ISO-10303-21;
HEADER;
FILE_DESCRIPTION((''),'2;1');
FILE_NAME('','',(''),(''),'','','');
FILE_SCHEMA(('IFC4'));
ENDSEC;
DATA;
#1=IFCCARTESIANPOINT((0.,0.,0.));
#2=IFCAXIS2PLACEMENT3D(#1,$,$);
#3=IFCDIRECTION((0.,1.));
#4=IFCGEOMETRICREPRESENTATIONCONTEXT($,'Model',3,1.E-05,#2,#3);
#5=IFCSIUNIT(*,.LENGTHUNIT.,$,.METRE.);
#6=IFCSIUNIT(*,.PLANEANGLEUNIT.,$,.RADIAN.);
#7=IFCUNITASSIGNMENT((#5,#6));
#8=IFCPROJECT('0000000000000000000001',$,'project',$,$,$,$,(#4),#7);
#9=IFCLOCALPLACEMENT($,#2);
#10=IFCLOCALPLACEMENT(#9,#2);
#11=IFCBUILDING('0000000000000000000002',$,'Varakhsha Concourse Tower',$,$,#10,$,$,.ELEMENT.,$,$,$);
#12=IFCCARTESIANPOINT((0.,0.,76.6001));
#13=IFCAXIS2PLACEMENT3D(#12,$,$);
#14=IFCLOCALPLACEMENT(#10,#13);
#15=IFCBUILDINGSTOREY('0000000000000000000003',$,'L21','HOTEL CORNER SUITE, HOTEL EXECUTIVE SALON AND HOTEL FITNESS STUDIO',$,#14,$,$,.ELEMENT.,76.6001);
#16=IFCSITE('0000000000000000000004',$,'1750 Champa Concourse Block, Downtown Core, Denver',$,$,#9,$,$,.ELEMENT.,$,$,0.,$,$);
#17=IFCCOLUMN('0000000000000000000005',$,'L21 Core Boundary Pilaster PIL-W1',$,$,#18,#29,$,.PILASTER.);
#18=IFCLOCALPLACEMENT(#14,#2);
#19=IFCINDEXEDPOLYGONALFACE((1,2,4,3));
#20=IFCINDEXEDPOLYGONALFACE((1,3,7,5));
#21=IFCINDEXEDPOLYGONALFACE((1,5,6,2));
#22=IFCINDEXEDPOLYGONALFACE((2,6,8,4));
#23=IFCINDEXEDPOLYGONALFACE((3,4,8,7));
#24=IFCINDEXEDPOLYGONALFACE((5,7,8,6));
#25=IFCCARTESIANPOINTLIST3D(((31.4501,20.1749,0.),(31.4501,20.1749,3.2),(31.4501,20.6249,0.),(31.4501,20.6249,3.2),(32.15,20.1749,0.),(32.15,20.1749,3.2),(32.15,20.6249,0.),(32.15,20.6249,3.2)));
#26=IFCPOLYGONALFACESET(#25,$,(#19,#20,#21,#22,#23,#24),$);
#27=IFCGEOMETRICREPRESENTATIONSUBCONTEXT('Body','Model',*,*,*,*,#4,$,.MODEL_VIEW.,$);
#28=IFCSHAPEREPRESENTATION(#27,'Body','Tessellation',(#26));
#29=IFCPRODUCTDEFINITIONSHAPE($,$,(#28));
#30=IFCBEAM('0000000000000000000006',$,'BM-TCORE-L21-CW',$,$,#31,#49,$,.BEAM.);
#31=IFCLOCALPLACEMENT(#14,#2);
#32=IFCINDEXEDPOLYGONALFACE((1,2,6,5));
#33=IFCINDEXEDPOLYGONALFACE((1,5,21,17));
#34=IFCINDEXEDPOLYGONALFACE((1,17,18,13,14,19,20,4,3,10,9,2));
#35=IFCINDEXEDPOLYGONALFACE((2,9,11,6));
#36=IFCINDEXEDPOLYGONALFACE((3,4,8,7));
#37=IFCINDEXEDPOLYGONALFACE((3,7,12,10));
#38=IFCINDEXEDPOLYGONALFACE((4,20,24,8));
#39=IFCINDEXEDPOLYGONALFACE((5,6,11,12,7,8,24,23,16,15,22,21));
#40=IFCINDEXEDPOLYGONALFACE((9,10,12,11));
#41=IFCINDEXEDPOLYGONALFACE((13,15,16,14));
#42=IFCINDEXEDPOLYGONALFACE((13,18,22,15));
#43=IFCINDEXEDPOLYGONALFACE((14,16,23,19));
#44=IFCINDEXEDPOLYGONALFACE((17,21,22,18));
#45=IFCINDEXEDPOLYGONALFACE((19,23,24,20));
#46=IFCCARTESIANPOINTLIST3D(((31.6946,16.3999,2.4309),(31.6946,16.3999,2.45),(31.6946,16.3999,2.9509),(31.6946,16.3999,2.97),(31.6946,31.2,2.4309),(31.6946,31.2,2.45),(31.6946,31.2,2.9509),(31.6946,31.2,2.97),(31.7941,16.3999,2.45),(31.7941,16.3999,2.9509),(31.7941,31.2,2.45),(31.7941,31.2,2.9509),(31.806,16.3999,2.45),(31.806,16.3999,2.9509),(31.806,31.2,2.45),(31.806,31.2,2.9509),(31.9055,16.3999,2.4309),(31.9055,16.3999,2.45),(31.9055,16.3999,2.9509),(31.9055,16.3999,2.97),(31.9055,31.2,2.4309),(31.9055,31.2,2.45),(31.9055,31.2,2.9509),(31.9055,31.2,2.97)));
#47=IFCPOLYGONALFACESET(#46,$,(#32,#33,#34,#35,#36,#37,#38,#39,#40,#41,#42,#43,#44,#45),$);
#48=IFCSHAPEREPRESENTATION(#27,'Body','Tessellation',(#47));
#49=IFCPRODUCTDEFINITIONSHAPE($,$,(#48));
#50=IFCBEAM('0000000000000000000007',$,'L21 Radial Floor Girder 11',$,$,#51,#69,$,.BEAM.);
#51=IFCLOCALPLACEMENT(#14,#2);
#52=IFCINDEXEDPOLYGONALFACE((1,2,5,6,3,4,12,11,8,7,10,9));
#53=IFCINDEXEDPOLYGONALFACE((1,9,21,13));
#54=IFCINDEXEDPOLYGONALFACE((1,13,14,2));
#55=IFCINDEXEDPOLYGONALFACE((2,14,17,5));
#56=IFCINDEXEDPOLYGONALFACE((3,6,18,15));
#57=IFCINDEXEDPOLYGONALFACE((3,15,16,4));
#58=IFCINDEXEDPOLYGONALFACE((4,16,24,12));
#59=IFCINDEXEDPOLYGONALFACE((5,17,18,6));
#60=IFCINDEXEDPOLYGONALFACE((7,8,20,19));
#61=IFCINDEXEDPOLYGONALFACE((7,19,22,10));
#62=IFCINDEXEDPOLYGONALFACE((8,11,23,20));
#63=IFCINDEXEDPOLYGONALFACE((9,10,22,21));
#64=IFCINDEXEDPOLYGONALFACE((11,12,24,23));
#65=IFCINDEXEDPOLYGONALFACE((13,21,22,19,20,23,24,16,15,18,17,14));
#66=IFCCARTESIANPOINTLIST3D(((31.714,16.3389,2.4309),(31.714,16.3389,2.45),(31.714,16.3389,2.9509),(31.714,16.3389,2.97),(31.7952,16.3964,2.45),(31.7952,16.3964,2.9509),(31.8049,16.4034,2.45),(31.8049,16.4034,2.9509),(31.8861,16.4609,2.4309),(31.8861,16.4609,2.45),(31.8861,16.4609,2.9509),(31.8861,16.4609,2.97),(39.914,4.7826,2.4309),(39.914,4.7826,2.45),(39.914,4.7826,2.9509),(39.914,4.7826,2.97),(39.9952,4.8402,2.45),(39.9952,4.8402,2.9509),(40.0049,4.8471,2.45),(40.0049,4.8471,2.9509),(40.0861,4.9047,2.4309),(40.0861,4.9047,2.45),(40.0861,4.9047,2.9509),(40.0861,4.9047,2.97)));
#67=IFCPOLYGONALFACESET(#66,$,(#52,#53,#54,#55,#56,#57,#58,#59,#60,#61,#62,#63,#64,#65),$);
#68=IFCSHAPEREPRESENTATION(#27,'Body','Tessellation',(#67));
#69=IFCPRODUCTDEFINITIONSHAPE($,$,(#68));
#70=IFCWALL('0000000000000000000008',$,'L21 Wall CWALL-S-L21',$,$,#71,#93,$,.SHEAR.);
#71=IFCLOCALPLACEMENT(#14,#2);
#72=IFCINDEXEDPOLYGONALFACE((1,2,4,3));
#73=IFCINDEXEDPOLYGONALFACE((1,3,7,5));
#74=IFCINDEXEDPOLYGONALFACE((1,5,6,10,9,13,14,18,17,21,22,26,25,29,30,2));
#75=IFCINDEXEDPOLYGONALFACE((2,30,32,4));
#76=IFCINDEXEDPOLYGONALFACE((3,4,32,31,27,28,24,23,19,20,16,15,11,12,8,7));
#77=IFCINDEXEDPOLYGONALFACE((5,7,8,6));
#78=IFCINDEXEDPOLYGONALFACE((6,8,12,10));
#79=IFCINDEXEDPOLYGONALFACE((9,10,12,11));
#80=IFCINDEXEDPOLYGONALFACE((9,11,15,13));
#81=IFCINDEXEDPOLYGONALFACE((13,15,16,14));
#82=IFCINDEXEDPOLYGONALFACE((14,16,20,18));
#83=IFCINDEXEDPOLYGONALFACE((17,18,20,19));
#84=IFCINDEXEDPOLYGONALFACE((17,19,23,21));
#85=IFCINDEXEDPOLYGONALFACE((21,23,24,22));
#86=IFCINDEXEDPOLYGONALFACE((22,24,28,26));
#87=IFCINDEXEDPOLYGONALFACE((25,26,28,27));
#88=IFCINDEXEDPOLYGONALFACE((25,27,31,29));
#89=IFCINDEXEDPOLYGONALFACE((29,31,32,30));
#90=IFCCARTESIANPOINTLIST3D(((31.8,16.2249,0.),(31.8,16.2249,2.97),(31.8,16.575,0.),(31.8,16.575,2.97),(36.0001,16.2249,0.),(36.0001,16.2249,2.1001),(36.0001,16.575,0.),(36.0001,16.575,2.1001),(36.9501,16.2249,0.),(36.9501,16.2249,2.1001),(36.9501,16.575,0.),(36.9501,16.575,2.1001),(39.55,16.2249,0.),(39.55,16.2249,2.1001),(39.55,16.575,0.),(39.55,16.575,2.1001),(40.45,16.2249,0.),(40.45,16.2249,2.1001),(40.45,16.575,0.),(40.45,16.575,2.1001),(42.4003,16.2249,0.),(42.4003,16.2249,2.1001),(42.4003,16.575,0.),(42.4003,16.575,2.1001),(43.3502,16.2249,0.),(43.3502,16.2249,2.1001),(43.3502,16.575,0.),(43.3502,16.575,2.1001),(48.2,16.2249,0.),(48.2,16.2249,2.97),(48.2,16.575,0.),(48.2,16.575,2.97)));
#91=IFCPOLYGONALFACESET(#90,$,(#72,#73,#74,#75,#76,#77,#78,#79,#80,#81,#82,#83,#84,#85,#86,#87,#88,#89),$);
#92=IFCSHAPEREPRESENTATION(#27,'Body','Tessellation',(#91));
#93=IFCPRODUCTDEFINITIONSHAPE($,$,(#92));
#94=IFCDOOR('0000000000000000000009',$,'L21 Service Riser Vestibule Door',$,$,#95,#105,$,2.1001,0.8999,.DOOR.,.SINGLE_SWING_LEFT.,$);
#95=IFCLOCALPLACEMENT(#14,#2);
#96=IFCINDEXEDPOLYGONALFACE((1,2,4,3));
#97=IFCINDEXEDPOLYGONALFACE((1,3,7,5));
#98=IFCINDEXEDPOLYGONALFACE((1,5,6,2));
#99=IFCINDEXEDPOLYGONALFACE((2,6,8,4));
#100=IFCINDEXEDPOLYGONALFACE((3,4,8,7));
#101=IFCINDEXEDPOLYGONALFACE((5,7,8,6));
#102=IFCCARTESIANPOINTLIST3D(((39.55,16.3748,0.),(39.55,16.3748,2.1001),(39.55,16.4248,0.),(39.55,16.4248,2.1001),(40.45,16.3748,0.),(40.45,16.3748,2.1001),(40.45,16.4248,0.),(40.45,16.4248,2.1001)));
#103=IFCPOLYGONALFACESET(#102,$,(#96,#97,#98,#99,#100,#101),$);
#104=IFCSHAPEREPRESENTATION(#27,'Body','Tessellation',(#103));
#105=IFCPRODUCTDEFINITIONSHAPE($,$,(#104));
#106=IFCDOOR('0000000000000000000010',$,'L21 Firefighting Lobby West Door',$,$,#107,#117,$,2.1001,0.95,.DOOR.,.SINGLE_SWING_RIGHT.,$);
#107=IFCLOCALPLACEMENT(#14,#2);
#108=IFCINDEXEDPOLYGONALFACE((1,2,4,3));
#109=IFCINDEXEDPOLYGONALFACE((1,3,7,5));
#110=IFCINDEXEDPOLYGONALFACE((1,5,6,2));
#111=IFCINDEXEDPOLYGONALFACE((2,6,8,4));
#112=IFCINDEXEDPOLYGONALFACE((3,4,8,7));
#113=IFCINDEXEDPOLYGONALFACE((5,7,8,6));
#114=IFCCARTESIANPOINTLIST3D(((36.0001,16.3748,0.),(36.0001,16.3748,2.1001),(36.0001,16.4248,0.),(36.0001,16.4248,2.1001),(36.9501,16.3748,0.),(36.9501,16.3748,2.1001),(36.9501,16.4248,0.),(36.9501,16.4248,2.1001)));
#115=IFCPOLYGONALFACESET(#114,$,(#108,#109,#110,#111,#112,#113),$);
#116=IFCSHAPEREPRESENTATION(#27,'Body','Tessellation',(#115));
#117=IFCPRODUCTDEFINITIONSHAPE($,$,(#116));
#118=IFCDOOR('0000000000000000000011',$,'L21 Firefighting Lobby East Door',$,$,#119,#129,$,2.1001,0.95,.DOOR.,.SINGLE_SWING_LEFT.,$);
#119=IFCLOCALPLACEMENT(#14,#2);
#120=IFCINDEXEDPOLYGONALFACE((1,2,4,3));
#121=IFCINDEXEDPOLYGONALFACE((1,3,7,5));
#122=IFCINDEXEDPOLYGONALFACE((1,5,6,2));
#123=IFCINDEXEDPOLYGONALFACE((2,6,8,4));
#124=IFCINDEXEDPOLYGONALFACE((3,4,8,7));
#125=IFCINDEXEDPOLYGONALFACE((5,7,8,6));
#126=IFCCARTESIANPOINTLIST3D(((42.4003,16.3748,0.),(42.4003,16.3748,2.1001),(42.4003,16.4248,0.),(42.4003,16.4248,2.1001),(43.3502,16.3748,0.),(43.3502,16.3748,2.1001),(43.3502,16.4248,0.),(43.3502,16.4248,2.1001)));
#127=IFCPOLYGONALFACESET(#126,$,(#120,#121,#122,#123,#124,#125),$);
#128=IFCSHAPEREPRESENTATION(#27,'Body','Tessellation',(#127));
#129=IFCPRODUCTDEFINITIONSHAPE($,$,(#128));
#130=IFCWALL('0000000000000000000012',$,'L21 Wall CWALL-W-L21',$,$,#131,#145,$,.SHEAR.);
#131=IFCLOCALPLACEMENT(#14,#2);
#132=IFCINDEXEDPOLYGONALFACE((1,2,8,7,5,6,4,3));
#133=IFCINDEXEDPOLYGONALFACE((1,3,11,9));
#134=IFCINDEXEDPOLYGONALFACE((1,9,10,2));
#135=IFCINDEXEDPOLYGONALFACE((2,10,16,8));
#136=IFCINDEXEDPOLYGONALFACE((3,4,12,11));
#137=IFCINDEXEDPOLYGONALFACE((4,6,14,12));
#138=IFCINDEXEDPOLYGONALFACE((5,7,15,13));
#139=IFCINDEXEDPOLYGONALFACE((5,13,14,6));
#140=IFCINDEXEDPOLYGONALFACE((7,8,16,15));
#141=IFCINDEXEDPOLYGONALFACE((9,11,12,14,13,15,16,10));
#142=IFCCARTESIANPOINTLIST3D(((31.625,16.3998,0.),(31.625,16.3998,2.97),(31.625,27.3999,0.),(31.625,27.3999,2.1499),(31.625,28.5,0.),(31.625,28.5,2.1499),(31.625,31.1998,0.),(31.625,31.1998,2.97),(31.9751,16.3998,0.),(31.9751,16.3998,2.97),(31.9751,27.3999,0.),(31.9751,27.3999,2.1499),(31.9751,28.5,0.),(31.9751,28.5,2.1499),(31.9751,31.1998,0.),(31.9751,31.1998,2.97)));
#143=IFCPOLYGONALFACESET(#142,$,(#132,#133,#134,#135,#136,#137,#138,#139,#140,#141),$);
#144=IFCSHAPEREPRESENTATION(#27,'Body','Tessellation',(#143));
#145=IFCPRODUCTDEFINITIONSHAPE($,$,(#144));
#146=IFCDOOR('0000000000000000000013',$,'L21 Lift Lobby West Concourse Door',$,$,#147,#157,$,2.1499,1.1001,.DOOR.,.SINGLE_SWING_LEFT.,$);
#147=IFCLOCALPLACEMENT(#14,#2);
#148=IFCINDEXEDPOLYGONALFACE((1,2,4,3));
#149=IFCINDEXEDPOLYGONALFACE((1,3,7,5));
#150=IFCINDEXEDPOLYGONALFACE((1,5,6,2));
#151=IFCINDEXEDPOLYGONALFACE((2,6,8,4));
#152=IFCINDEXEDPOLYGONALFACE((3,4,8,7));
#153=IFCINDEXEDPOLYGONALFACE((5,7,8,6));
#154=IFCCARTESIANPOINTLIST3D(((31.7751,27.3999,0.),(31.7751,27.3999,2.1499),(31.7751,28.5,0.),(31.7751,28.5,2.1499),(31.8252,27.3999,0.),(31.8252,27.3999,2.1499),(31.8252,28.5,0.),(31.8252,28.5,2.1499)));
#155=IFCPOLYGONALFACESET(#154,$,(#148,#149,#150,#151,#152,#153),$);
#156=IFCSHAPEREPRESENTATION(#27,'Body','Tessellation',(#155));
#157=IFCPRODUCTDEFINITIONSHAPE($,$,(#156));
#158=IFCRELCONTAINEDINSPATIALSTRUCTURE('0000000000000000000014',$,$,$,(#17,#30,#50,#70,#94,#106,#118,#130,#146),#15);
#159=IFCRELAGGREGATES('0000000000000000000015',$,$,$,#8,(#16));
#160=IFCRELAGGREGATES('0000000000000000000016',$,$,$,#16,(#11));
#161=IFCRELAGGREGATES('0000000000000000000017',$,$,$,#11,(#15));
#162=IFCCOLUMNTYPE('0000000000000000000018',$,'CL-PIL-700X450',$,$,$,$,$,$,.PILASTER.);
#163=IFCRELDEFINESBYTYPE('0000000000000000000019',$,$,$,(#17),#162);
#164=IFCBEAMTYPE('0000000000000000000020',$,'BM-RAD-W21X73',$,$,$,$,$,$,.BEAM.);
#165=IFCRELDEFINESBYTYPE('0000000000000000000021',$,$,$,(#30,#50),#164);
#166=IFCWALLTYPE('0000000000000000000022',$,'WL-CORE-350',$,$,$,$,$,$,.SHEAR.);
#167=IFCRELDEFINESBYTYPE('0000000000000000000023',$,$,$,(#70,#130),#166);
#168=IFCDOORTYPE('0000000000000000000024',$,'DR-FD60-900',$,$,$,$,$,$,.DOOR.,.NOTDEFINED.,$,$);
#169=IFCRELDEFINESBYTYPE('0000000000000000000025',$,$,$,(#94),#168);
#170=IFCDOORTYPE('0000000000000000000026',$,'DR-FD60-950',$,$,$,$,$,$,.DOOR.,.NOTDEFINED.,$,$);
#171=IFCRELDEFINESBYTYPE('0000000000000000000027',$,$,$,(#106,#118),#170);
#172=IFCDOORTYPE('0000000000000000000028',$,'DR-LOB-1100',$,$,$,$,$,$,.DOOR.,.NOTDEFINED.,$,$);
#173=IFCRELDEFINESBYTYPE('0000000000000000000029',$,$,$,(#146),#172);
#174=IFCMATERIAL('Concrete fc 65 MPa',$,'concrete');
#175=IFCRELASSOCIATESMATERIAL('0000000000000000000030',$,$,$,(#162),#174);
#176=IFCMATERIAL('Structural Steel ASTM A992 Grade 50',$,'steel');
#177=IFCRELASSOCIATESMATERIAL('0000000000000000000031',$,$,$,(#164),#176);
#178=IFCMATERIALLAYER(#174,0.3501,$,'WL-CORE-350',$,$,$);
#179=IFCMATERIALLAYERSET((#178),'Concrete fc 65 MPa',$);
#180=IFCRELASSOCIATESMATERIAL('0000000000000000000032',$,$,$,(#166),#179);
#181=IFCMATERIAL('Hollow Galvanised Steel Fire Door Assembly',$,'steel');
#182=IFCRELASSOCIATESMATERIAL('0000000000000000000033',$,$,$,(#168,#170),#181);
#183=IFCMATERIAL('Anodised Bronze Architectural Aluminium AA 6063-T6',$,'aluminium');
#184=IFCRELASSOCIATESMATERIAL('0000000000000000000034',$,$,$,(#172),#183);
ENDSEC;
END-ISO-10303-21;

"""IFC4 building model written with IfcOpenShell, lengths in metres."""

from ifc_helpers import new_model, si_unit, direction, frame, frame_2d, origin, origin_2d, place, context, subcontext, project, spatial, rectangle, i_section, extrude, material, layer, layer_set, material_profile, profile_set, type_object, element, fill, save


model = new_model("IFC4")

# Units and contexts
model_context = context("Model", 3, precision=1e-05, world=origin(), true_north=direction((0.0, 1.0)))
body_context = subcontext(model_context, "Body", "Model", "MODEL_VIEW")
ifc_project = project(units=[si_unit("LENGTHUNIT", "METRE"), si_unit("PLANEANGLEUNIT", "RADIAN")], contexts=[model_context])

# Site, building, storey
site_placement = place(None, origin())
site = spatial("IfcSite", under=ifc_project, at=site_placement, Name="1750 Champa Concourse Block, Downtown Core, Denver", CompositionType="ELEMENT", RefElevation=0.0)
building_placement = place(site_placement, origin())
building = spatial("IfcBuilding", under=site, at=building_placement, Name="Varakhsha Concourse Tower", CompositionType="ELEMENT")
storey_placement = place(building_placement, frame((0.0, 0.0, 76.6001)))
storey = spatial("IfcBuildingStorey", under=building, at=storey_placement, Name="L21", Description="HOTEL CORNER SUITE, HOTEL EXECUTIVE SALON AND HOTEL FITNESS STUDIO", CompositionType="ELEMENT", Elevation=76.6001)

# Column
ifc_material_1 = material(Name="Concrete fc 65 MPa", Category="concrete")
ifc_material_profile_1 = material_profile(ifc_material_1, rectangle(XDim=0.7, YDim=0.45, at=origin_2d()), Name="RC 700x450")
ifc_profile_set_1 = profile_set([ifc_material_profile_1], Name="Concrete fc 65 MPa")
column_type = type_object("IfcColumnType", Name="CL-PIL-700X450", PredefinedType="PILASTER", material=ifc_profile_set_1)
column_placement = place(storey_placement, frame((31.8, 20.3999, 0.0), z_axis=(0.0, 0.0, 1.0), x_axis=(1.0, 0.0, 0.0)))
element("IfcColumn", 1, at=column_placement, inside=storey, type_object=column_type, Name="L21 Core Boundary Pilaster PIL-W1", PredefinedType="PILASTER", context=body_context, shape_type="SweptSolid", body=[
    extrude(rectangle(XDim=0.7, YDim=0.45, at=origin_2d()), origin(), (0.0, 0.0, 1.0), 3.2),
])

# Beams
ifc_material_2 = material(Name="Structural Steel ASTM A992 Grade 50", Category="steel")
ifc_material_profile_2 = material_profile(ifc_material_2, i_section(OverallWidth=0.2109, OverallDepth=0.5391, WebThickness=0.012, FlangeThickness=0.019, at=origin_2d()), Name="W21X73")
ifc_profile_set_2 = profile_set([ifc_material_profile_2], Name="Structural Steel ASTM A992 Grade 50")
beam_type = type_object("IfcBeamType", Name="BM-RAD-W21X73", PredefinedType="BEAM", material=ifc_profile_set_2)
beam_1_placement = place(storey_placement, frame((31.8, 16.3999, 2.7004), z_axis=(0.0, 1.0, 0.0), x_axis=(-1.0, 0.0, 0.0)))
element("IfcBeam", 2, at=beam_1_placement, inside=storey, type_object=beam_type, Name="BM-TCORE-L21-CW", PredefinedType="BEAM", context=body_context, shape_type="SweptSolid", body=[
    extrude(i_section(OverallWidth=0.2109, OverallDepth=0.5391, WebThickness=0.012, FlangeThickness=0.019, at=origin_2d()), origin(), (0.0, 0.0, 1.0), 14.8),
])
beam_2_placement = place(storey_placement, frame((31.8, 16.3999, 2.7004), z_axis=(0.578691, -0.815547, 0.0), x_axis=(0.815547, 0.578691, 0.0)))
element("IfcBeam", 3, at=beam_2_placement, inside=storey, type_object=beam_type, Name="L21 Radial Floor Girder 11", PredefinedType="BEAM", context=body_context, shape_type="SweptSolid", body=[
    extrude(i_section(OverallWidth=0.2109, OverallDepth=0.5391, WebThickness=0.012, FlangeThickness=0.019, at=origin_2d()), origin(), (0.0, 0.0, 1.0), 14.1699),
])

# Wall, openings, doors
ifc_layer_1 = layer(ifc_material_1, 0.3501, Name="WL-CORE-350")
ifc_layer_set_1 = layer_set([ifc_layer_1], Name="Concrete fc 65 MPa")
wall_type_1 = type_object("IfcWallType", Name="WL-CORE-350", PredefinedType="SHEAR", material=ifc_layer_set_1)
wall_1_placement = place(storey_placement, frame((31.8, 16.3999, 0.0), z_axis=(0.0, 0.0, 1.0), x_axis=(1.0, 0.0, 0.0)))
wall_1 = element("IfcWall", 4, at=wall_1_placement, inside=storey, type_object=wall_type_1, Name="L21 Wall CWALL-S-L21", PredefinedType="SHEAR", context=body_context, shape_type="SweptSolid", body=[
    extrude(rectangle(XDim=16.3999, YDim=0.3501, at=frame_2d((8.2, 0.0))), origin(), (0.0, 0.0, 1.0), 2.97),
])
opening_1_placement = place(wall_1_placement, frame((7.75, 0.0, 0.0)))
opening_1 = element("IfcOpeningElement", 5, at=opening_1_placement, cuts=wall_1, PredefinedType="OPENING", context=body_context, shape_type="SweptSolid", body=[
    extrude(rectangle(XDim=0.8999, YDim=2.1001, at=frame_2d((0.45, 1.05))), frame((0.0, 0.1851, 0.0), z_axis=(0.0, -1.0, 0.0), x_axis=(1.0, 0.0, 0.0)), (0.0, 0.0, 1.0), 0.3701),
])
opening_2_placement = place(wall_1_placement, frame((4.2, 0.0, 0.0)))
opening_2 = element("IfcOpeningElement", 6, at=opening_2_placement, cuts=wall_1, PredefinedType="OPENING", context=body_context, shape_type="SweptSolid", body=[
    extrude(rectangle(XDim=0.95, YDim=2.1001, at=frame_2d((0.4751, 1.05))), frame((0.0, 0.1851, 0.0), z_axis=(0.0, -1.0, 0.0), x_axis=(1.0, 0.0, 0.0)), (0.0, 0.0, 1.0), 0.3701),
])
opening_3_placement = place(wall_1_placement, frame((10.6001, 0.0, 0.0)))
opening_3 = element("IfcOpeningElement", 7, at=opening_3_placement, cuts=wall_1, PredefinedType="OPENING", context=body_context, shape_type="SweptSolid", body=[
    extrude(rectangle(XDim=0.95, YDim=2.1001, at=frame_2d((0.4751, 1.05))), frame((0.0, 0.1851, 0.0), z_axis=(0.0, -1.0, 0.0), x_axis=(1.0, 0.0, 0.0)), (0.0, 0.0, 1.0), 0.3701),
])
ifc_material_3 = material(Name="Hollow Galvanised Steel Fire Door Assembly", Category="steel")
door_type_1 = type_object("IfcDoorType", Name="DR-FD60-900", OperationType="NOTDEFINED", PredefinedType="DOOR", material=ifc_material_3)
door_1_placement = place(opening_1_placement, origin())
door_1 = element("IfcDoor", 8, at=door_1_placement, inside=storey, type_object=door_type_1, Name="L21 Service Riser Vestibule Door", OperationType="SINGLE_SWING_LEFT", OverallHeight=2.1001, OverallWidth=0.8999, PredefinedType="DOOR", context=body_context, shape_type="SweptSolid", body=[
    extrude(rectangle(XDim=0.8999, YDim=2.1001, at=frame_2d((0.45, 1.05))), frame((0.0, 0.0249, 0.0), z_axis=(0.0, -1.0, 0.0), x_axis=(1.0, 0.0, 0.0)), (0.0, 0.0, 1.0), 0.05),
])
fill(opening_1, door_1)
door_type_2 = type_object("IfcDoorType", Name="DR-FD60-950", OperationType="NOTDEFINED", PredefinedType="DOOR", material=ifc_material_3)
door_2_placement = place(opening_2_placement, origin())
door_2 = element("IfcDoor", 9, at=door_2_placement, inside=storey, type_object=door_type_2, Name="L21 Firefighting Lobby West Door", OperationType="SINGLE_SWING_RIGHT", OverallHeight=2.1001, OverallWidth=0.95, PredefinedType="DOOR", context=body_context, shape_type="SweptSolid", body=[
    extrude(rectangle(XDim=0.95, YDim=2.1001, at=frame_2d((0.4751, 1.05))), frame((0.0, 0.0249, 0.0), z_axis=(0.0, -1.0, 0.0), x_axis=(1.0, 0.0, 0.0)), (0.0, 0.0, 1.0), 0.05),
])
fill(opening_2, door_2)
door_3_placement = place(opening_3_placement, origin())
door_3 = element("IfcDoor", 10, at=door_3_placement, inside=storey, type_object=door_type_2, Name="L21 Firefighting Lobby East Door", OperationType="SINGLE_SWING_LEFT", OverallHeight=2.1001, OverallWidth=0.95, PredefinedType="DOOR", context=body_context, shape_type="SweptSolid", body=[
    extrude(rectangle(XDim=0.95, YDim=2.1001, at=frame_2d((0.4751, 1.05))), frame((0.0, 0.0249, 0.0), z_axis=(0.0, -1.0, 0.0), x_axis=(1.0, 0.0, 0.0)), (0.0, 0.0, 1.0), 0.05),
])
fill(opening_3, door_3)

# Wall, opening, door
wall_2_placement = place(storey_placement, frame((31.8, 16.3999, 0.0), z_axis=(0.0, 0.0, 1.0), x_axis=(0.0, 1.0, 0.0)))
wall_2 = element("IfcWall", 11, at=wall_2_placement, inside=storey, type_object=wall_type_1, Name="L21 Wall CWALL-W-L21", PredefinedType="SHEAR", context=body_context, shape_type="SweptSolid", body=[
    extrude(rectangle(XDim=14.8, YDim=0.3501, at=frame_2d((7.3999, 0.0))), origin(), (0.0, 0.0, 1.0), 2.97),
])
opening_4_placement = place(wall_2_placement, frame((11.0, 0.0, 0.0)))
opening_4 = element("IfcOpeningElement", 12, at=opening_4_placement, cuts=wall_2, PredefinedType="OPENING", context=body_context, shape_type="SweptSolid", body=[
    extrude(rectangle(XDim=1.1001, YDim=2.1499, at=frame_2d((0.55, 1.075))), frame((0.0, 0.1851, 0.0), z_axis=(0.0, -1.0, 0.0), x_axis=(1.0, 0.0, 0.0)), (0.0, 0.0, 1.0), 0.3701),
])
ifc_material_4 = material(Name="Anodised Bronze Architectural Aluminium AA 6063-T6", Category="aluminium")
door_type_3 = type_object("IfcDoorType", Name="DR-LOB-1100", OperationType="NOTDEFINED", PredefinedType="DOOR", material=ifc_material_4)
door_4_placement = place(opening_4_placement, origin())
door_4 = element("IfcDoor", 13, at=door_4_placement, inside=storey, type_object=door_type_3, Name="L21 Lift Lobby West Concourse Door", OperationType="SINGLE_SWING_LEFT", OverallHeight=2.1499, OverallWidth=1.1001, PredefinedType="DOOR", context=body_context, shape_type="SweptSolid", body=[
    extrude(rectangle(XDim=1.1001, YDim=2.1499, at=frame_2d((0.55, 1.075))), frame((0.0, 0.0249, 0.0), z_axis=(0.0, -1.0, 0.0), x_axis=(1.0, 0.0, 0.0)), (0.0, 0.0, 1.0), 0.05),
])
fill(opening_4, door_4)

save(model, "model.ifc")
